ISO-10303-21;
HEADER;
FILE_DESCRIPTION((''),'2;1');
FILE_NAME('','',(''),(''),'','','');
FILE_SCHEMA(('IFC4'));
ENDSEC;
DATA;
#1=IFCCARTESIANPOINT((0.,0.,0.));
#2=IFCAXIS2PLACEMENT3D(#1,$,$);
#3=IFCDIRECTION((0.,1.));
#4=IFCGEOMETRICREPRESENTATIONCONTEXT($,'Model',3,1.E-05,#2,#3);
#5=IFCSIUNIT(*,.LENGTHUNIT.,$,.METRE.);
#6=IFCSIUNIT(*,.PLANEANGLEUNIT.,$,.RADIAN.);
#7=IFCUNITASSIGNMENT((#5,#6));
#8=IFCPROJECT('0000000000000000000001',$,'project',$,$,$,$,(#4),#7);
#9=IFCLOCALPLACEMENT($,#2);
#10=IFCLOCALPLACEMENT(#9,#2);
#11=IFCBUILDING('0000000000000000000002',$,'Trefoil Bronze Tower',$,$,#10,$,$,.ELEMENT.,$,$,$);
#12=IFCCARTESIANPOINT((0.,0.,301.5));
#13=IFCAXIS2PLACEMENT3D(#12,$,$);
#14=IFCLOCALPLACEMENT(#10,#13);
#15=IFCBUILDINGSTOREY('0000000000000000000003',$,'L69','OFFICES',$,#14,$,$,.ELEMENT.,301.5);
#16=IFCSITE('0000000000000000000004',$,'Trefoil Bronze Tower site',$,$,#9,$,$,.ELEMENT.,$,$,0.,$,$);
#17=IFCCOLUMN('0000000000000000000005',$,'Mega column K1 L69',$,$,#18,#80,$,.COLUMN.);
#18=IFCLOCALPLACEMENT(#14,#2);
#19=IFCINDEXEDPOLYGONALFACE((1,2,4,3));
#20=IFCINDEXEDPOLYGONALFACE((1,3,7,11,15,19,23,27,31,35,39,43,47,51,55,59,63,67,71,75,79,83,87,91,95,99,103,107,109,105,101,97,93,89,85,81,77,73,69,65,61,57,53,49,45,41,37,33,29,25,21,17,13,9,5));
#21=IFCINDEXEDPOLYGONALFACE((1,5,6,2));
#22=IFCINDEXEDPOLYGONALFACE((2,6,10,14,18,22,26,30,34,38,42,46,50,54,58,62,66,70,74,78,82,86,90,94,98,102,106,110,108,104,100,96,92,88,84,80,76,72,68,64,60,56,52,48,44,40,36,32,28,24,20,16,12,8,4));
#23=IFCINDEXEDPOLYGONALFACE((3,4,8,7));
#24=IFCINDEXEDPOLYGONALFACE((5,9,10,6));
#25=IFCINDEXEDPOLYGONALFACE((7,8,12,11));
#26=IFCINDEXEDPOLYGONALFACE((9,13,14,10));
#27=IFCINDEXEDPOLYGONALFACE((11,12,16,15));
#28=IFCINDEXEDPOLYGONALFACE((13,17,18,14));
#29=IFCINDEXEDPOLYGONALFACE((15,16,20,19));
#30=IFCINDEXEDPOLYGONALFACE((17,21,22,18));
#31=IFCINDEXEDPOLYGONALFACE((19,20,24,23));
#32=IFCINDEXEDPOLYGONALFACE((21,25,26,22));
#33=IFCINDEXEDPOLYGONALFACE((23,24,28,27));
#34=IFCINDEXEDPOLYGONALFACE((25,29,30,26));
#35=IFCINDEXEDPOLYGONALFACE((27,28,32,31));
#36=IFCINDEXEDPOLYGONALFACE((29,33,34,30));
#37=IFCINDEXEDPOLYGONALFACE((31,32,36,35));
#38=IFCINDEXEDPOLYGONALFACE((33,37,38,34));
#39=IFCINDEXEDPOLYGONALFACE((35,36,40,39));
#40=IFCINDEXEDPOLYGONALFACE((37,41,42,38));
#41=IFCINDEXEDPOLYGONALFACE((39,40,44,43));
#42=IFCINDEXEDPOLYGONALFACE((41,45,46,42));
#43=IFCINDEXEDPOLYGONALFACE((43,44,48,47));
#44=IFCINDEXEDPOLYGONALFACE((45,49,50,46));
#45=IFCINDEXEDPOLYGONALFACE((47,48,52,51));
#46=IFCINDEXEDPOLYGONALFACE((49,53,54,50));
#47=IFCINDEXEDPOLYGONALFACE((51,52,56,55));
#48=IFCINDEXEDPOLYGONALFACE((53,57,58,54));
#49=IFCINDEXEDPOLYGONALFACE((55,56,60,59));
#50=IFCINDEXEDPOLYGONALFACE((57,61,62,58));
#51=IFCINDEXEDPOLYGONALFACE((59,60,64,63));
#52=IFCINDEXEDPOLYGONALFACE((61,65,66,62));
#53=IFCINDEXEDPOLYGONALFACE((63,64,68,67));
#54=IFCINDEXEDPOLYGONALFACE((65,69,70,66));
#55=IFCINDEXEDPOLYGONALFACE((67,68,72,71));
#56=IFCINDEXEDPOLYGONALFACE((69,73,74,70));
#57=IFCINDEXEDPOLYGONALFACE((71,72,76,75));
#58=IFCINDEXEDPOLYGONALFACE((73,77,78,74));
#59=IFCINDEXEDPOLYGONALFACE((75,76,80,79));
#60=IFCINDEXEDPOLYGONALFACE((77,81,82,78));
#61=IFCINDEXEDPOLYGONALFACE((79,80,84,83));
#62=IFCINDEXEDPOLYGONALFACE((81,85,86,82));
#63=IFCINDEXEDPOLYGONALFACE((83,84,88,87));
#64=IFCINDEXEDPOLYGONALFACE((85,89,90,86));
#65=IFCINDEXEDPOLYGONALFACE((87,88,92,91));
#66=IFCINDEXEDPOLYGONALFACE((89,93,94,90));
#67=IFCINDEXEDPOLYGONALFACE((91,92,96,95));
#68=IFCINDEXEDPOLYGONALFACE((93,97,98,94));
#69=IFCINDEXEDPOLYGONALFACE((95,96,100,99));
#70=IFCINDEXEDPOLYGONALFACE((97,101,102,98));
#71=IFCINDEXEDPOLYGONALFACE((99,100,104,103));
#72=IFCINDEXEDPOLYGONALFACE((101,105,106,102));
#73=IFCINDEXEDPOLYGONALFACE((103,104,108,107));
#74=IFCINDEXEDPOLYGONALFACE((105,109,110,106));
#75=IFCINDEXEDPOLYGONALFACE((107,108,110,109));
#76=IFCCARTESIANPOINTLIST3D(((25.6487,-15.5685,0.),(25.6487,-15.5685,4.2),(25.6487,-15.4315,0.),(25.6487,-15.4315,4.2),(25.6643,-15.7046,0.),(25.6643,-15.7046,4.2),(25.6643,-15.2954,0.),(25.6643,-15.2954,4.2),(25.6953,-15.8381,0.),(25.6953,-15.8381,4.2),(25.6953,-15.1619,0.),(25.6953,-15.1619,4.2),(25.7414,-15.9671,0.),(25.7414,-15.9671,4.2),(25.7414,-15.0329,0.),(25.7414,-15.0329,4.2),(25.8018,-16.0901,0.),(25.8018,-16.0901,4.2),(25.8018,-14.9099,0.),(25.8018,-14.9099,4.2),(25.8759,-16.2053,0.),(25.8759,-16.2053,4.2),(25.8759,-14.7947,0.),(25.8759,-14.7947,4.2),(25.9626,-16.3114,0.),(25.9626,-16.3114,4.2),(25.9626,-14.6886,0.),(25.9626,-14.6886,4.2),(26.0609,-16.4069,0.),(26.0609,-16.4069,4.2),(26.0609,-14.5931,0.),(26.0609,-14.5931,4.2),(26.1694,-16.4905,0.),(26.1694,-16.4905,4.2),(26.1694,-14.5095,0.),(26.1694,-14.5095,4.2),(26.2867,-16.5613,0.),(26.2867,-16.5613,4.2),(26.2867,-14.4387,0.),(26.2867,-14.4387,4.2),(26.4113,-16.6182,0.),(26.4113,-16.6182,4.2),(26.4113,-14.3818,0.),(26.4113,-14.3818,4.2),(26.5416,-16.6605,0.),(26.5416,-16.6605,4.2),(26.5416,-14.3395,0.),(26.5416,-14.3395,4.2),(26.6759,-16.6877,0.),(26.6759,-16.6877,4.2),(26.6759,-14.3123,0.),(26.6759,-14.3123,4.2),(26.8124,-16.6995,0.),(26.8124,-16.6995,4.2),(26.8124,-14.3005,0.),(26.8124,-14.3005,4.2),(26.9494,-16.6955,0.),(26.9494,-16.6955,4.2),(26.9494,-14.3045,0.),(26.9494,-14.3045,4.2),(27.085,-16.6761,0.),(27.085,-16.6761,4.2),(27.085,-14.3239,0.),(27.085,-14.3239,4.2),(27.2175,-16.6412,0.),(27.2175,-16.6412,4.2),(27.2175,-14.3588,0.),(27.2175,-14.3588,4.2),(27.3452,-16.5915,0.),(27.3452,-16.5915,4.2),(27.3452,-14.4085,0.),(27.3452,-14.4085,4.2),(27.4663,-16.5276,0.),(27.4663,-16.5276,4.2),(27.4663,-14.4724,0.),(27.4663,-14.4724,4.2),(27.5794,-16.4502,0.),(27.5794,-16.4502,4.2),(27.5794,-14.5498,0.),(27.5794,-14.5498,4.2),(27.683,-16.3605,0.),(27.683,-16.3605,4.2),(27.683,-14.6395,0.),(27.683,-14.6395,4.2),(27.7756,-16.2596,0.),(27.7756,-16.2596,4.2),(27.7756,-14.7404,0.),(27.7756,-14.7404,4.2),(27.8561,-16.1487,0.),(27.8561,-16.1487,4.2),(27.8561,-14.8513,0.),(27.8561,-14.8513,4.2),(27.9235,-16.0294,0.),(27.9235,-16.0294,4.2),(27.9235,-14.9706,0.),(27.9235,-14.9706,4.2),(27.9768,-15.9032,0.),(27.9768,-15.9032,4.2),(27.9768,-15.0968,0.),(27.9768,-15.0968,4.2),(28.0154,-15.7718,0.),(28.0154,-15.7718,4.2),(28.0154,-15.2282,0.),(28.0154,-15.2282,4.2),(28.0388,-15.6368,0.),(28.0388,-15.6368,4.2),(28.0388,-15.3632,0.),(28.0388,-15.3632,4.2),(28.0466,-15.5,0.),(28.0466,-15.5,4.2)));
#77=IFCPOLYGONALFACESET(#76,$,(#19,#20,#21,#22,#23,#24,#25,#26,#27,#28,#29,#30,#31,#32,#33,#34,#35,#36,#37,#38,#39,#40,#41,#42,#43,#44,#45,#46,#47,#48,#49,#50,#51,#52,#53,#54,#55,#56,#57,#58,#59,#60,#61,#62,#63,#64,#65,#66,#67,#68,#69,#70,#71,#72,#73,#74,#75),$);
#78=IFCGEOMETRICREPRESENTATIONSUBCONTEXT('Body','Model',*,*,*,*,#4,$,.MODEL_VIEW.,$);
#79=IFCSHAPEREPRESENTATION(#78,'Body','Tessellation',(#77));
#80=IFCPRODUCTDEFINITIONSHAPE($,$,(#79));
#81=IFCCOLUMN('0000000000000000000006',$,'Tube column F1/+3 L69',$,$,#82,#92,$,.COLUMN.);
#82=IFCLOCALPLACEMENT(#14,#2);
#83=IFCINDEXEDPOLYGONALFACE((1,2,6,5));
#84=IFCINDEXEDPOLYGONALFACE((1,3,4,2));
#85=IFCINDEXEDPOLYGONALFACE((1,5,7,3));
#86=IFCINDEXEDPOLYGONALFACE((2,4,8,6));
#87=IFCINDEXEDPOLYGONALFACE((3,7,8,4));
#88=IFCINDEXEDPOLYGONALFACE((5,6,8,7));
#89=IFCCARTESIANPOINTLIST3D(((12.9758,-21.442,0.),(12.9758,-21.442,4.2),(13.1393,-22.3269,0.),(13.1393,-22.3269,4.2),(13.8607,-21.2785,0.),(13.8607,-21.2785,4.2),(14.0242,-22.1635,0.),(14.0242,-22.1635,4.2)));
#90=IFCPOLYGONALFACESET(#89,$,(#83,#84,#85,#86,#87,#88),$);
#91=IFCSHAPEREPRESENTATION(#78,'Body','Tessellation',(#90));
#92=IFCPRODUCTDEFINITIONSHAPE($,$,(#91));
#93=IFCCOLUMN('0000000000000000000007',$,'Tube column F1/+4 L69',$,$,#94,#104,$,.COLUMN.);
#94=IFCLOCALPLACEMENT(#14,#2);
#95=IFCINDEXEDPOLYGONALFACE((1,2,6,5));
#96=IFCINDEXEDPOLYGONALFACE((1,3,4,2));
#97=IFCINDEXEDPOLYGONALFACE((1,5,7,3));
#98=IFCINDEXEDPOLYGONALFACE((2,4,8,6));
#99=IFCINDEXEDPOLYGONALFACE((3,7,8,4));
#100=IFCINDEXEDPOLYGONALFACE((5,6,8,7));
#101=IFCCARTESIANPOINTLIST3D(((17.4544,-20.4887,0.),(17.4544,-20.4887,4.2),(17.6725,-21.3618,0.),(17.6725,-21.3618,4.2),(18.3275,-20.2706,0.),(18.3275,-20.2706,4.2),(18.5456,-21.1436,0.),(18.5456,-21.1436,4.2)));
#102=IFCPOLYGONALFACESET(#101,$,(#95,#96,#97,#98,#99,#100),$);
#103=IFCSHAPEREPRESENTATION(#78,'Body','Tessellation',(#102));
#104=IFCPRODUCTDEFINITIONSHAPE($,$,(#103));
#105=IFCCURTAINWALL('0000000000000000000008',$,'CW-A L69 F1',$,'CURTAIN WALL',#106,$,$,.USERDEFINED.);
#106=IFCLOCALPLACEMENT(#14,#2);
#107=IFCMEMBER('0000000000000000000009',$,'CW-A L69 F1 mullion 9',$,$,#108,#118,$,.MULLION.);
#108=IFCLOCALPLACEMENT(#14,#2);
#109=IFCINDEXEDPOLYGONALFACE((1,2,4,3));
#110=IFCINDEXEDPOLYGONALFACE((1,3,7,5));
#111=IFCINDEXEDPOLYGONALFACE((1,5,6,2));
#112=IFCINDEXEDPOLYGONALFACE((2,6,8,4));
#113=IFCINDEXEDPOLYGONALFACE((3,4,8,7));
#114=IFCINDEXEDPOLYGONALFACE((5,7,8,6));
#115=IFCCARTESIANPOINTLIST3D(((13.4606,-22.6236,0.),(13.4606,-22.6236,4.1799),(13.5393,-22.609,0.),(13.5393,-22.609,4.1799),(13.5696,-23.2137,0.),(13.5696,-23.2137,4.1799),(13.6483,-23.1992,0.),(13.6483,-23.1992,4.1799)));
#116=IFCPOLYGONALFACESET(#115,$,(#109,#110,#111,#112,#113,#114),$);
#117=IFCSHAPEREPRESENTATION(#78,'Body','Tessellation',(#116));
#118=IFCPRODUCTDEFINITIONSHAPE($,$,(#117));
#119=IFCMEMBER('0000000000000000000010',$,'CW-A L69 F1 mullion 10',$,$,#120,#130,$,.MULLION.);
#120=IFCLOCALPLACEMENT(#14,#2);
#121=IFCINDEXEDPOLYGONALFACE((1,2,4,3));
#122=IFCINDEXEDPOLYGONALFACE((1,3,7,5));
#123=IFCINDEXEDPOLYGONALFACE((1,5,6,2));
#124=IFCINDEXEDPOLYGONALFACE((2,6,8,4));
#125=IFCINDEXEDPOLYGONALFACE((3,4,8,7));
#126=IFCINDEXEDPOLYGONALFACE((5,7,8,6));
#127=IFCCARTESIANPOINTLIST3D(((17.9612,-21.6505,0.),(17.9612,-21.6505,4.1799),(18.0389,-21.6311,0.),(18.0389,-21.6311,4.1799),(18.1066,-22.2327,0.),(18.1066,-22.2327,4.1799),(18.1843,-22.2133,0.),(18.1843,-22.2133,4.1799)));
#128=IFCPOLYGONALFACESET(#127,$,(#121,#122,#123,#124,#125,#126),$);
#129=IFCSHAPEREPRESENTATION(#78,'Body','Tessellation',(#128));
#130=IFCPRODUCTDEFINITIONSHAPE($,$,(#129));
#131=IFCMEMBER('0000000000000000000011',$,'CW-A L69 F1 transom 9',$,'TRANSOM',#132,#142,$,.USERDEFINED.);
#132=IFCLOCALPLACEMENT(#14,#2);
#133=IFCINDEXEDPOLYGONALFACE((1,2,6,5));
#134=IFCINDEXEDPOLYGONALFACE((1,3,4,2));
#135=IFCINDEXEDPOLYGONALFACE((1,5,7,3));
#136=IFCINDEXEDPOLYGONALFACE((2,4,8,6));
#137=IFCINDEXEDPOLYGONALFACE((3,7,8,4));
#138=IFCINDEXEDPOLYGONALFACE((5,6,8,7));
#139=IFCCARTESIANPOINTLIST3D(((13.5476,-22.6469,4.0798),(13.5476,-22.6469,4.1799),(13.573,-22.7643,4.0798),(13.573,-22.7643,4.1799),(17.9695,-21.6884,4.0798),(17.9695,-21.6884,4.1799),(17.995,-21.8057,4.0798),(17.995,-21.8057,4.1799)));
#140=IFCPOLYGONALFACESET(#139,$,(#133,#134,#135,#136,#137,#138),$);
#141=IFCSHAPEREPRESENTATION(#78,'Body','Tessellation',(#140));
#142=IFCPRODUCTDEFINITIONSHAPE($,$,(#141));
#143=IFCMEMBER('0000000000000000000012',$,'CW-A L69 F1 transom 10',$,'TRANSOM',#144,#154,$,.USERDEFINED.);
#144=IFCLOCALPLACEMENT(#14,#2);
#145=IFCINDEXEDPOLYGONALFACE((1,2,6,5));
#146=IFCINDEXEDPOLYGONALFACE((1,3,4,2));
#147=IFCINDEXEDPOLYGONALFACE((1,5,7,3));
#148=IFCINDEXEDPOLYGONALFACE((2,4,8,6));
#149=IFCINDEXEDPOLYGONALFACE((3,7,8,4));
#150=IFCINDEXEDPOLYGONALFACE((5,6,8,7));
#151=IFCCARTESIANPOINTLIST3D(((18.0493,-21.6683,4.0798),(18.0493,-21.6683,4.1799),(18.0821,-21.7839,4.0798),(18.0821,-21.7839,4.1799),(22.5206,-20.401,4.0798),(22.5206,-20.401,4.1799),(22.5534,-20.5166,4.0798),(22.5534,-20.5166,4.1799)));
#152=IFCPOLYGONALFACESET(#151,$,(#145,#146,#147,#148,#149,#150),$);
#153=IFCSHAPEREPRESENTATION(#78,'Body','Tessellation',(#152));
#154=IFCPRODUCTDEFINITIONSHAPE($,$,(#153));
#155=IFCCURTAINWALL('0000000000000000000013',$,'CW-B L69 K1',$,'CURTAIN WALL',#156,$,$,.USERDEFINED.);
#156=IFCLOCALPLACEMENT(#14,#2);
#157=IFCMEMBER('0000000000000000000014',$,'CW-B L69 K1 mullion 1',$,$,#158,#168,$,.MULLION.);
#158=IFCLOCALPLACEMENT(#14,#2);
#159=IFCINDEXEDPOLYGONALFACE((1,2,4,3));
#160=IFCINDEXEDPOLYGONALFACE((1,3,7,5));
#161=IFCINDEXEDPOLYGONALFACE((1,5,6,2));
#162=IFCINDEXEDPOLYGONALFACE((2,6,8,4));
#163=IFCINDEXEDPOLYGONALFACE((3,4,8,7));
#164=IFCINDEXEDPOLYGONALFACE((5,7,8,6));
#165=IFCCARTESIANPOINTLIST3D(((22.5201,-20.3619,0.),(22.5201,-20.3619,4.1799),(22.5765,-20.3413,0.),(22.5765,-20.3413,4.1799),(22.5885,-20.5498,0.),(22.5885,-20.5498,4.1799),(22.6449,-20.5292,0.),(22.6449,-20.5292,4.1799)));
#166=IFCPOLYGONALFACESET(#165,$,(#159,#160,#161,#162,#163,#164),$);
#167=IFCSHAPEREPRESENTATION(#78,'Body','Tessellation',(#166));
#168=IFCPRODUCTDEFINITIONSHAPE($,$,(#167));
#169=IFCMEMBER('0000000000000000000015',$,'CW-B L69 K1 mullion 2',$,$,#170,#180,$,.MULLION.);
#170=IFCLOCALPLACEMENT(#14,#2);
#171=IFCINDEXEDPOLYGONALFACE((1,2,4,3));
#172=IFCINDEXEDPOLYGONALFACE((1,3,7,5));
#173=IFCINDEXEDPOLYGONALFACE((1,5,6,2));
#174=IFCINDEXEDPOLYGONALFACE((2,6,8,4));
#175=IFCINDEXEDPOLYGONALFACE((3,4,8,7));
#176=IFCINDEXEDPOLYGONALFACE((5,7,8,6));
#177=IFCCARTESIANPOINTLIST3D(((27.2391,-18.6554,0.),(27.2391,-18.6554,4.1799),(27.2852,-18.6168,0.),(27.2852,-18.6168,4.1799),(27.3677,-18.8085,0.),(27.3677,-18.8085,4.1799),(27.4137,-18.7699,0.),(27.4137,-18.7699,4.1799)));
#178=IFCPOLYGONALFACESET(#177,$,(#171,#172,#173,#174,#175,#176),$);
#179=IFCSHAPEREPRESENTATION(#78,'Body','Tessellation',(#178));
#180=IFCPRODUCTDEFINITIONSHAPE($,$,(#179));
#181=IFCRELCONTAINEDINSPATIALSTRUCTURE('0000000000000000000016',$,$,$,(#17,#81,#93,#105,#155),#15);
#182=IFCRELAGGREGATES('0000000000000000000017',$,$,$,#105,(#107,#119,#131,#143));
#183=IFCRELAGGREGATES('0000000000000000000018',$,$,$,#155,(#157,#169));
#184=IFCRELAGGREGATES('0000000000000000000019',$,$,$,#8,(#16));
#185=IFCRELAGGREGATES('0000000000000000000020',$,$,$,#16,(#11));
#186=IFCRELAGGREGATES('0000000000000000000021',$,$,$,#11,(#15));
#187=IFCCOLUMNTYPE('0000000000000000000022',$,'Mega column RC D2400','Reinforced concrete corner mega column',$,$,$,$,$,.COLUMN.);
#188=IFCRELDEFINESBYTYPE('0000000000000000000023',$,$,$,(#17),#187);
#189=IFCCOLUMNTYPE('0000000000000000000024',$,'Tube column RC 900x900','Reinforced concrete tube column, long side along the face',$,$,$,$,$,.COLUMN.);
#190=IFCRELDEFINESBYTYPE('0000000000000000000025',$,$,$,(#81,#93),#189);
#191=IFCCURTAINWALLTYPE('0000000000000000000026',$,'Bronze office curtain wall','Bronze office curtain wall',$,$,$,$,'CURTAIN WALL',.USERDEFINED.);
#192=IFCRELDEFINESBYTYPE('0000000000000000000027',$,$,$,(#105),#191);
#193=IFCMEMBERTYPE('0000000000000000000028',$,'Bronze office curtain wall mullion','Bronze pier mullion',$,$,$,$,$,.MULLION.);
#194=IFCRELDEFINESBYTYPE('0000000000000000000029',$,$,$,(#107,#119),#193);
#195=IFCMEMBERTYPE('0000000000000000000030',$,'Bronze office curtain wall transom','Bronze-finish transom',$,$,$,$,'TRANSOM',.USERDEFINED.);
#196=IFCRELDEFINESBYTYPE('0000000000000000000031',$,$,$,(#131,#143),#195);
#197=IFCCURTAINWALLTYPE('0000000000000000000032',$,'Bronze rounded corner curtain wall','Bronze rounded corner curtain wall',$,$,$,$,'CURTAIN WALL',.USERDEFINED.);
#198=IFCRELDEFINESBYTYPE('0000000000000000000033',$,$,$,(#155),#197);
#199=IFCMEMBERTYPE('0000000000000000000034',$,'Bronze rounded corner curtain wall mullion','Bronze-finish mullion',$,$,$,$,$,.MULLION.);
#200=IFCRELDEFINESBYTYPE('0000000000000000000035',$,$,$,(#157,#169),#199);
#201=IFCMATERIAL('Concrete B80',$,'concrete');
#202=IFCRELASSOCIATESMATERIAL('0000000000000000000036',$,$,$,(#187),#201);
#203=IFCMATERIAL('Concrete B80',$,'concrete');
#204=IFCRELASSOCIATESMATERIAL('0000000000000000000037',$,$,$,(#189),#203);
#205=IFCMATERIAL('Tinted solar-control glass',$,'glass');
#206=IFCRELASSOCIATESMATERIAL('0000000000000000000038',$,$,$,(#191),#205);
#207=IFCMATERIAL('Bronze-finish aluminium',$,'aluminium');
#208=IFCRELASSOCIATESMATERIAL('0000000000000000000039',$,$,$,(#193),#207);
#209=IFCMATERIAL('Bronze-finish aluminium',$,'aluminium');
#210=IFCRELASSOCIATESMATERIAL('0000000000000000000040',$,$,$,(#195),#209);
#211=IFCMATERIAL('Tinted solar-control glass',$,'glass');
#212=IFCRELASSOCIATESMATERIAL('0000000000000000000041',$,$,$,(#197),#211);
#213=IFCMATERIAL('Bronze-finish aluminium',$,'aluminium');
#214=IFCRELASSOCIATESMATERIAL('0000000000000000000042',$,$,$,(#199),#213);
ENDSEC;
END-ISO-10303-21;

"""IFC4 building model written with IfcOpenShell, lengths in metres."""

from ifc_helpers import new_model, si_unit, direction, frame, origin, origin_2d, place, context, subcontext, project, spatial, rectangle, circle, extrude, material, material_profile, profile_set, type_object, element, aggregate, save


model = new_model("IFC4")

# Units and contexts
model_context = context("Model", 3, precision=1e-05, world=origin(), true_north=direction((0.0, 1.0)))
body_context = subcontext(model_context, "Body", "Model", "MODEL_VIEW")
ifc_project = project(units=[si_unit("LENGTHUNIT", "METRE"), si_unit("PLANEANGLEUNIT", "RADIAN")], contexts=[model_context])

# Site, building, storey
site_placement = place(None, origin())
site = spatial("IfcSite", under=ifc_project, at=site_placement, Name="Trefoil Bronze Tower site", CompositionType="ELEMENT", RefElevation=0.0)
building_placement = place(site_placement, origin())
building = spatial("IfcBuilding", under=site, at=building_placement, Name="Trefoil Bronze Tower", CompositionType="ELEMENT")
storey_placement = place(building_placement, frame((0.0, 0.0, 301.5)))
storey = spatial("IfcBuildingStorey", under=building, at=storey_placement, Name="L69", Description="OFFICES", CompositionType="ELEMENT", Elevation=301.5)

# Columns
ifc_material_1 = material(Name="Concrete B80", Category="concrete")
ifc_material_profile_1 = material_profile(ifc_material_1, circle(Radius=1.2, at=origin_2d()), Name="RC D2400")
ifc_profile_set_1 = profile_set([ifc_material_profile_1], Name="Concrete B80")
column_type_1 = type_object("IfcColumnType", Name="Mega column RC D2400", Description="Reinforced concrete corner mega column", PredefinedType="COLUMN", material=ifc_profile_set_1)
column_placement = place(storey_placement, frame((26.8467, -15.5, 0.0), z_axis=(0.0, 0.0, 1.0), x_axis=(1.0, 0.0, 0.0)))
element("IfcColumn", 1, at=column_placement, inside=storey, type_object=column_type_1, Name="Mega column K1 L69", PredefinedType="COLUMN", context=body_context, shape_type="SweptSolid", body=[
    extrude(circle(Radius=1.2, at=origin_2d()), origin(), (0.0, 0.0, 1.0), 4.2),
])
ifc_material_2 = material(Name="Concrete B80", Category="concrete")
ifc_material_profile_2 = material_profile(ifc_material_2, rectangle(XDim=0.8999, YDim=0.8999, at=origin_2d()), Name="RC 900x900")
ifc_profile_set_2 = profile_set([ifc_material_profile_2], Name="Concrete B80")
column_type_2 = type_object("IfcColumnType", Name="Tube column RC 900x900", Description="Reinforced concrete tube column, long side along the face", PredefinedType="COLUMN", material=ifc_profile_set_2)
for number, where, z_axis, x_axis, name in (
    (2, (13.5, -21.8027, 0.0), (0.0, 0.0, 1.0), (0.98336, 0.181667, 0.0), "Tube column F1/+3 L69"),
    (3, (18.0, -20.8162, 0.0), (0.0, 0.0, 1.0), (0.970178, 0.242394, 0.0), "Tube column F1/+4 L69"),
):
    element("IfcColumn", number, at=place(storey_placement, frame(where, z_axis=z_axis, x_axis=x_axis)), inside=storey, type_object=column_type_2, Name=name, PredefinedType="COLUMN", context=body_context, shape_type="SweptSolid", body=[
        extrude(rectangle(XDim=0.8999, YDim=0.8999, at=origin_2d()), origin(), (0.0, 0.0, 1.0), 4.2),
    ])

# Curtain walls, members
ifc_material_3 = material(Name="Tinted solar-control glass", Category="glass")
curtain_wall_type_1 = type_object("IfcCurtainWallType", Name="Bronze office curtain wall", Description="Bronze office curtain wall", ElementType="CURTAIN WALL", PredefinedType="USERDEFINED", material=ifc_material_3)
curtain_wall_1_placement = place(storey_placement, origin())
curtain_wall_1 = element("IfcCurtainWall", 4, at=curtain_wall_1_placement, inside=storey, type_object=curtain_wall_type_1, Name="CW-A L69 F1", ObjectType="CURTAIN WALL", PredefinedType="USERDEFINED")
ifc_material_4 = material(Name="Bronze-finish aluminium", Category="aluminium")
ifc_material_profile_3 = material_profile(ifc_material_4, rectangle(XDim=0.6001, YDim=0.0801, at=origin_2d()), Name="CW-A mullion")
ifc_profile_set_3 = profile_set([ifc_material_profile_3], Name="Bronze-finish aluminium")
member_type_1 = type_object("IfcMemberType", Name="Bronze office curtain wall mullion", Description="Bronze pier mullion", PredefinedType="MULLION", material=ifc_profile_set_3)
member_1_placement = place(storey_placement, frame((13.5544, -22.9114, 0.0), z_axis=(0.0, 0.0, 1.0), x_axis=(-0.181667, 0.98336, 0.0)))
member_1 = element("IfcMember", 5, at=member_1_placement, type_object=member_type_1, Name="CW-A L69 F1 mullion 9", PredefinedType="MULLION", context=body_context, shape_type="SweptSolid", body=[
    extrude(rectangle(XDim=0.6001, YDim=0.0801, at=origin_2d()), origin(), (0.0, 0.0, 1.0), 4.1799),
])
member_2_placement = place(storey_placement, frame((18.0728, -21.9319, 0.0), z_axis=(0.0, 0.0, 1.0), x_axis=(-0.242394, 0.970178, 0.0)))
member_2 = element("IfcMember", 6, at=member_2_placement, type_object=member_type_1, Name="CW-A L69 F1 mullion 10", PredefinedType="MULLION", context=body_context, shape_type="SweptSolid", body=[
    extrude(rectangle(XDim=0.6001, YDim=0.0801, at=origin_2d()), origin(), (0.0, 0.0, 1.0), 4.1799),
])
ifc_material_5 = material(Name="Bronze-finish aluminium", Category="aluminium")
ifc_material_profile_4 = material_profile(ifc_material_5, rectangle(XDim=0.1201, YDim=0.1001, at=origin_2d()), Name="CW-A transom")
ifc_profile_set_4 = profile_set([ifc_material_profile_4], Name="Bronze-finish aluminium")
member_type_2 = type_object("IfcMemberType", Name="Bronze office curtain wall transom", Description="Bronze-finish transom", ElementType="TRANSOM", PredefinedType="USERDEFINED", material=ifc_profile_set_4)
member_3_placement = place(storey_placement, frame((13.5603, -22.7056, 4.1299), z_axis=(0.977304, 0.211843, 0.0), x_axis=(-0.211843, 0.977304, 0.0)))
member_3 = element("IfcMember", 7, at=member_3_placement, type_object=member_type_2, Name="CW-A L69 F1 transom 9", ObjectType="TRANSOM", PredefinedType="USERDEFINED", context=body_context, shape_type="SweptSolid", body=[
    extrude(rectangle(XDim=0.1201, YDim=0.1001, at=origin_2d()), origin(), (0.0, 0.0, 1.0), 4.5247),
])
member_4_placement = place(storey_placement, frame((18.0657, -21.7261, 4.1299), z_axis=(0.962103, 0.272688, 0.0), x_axis=(-0.272688, 0.962103, 0.0)))
member_4 = element("IfcMember", 8, at=member_4_placement, type_object=member_type_2, Name="CW-A L69 F1 transom 10", ObjectType="TRANSOM", PredefinedType="USERDEFINED", context=body_context, shape_type="SweptSolid", body=[
    extrude(rectangle(XDim=0.1201, YDim=0.1001, at=origin_2d()), origin(), (0.0, 0.0, 1.0), 4.6475),
])
ifc_material_6 = material(Name="Tinted solar-control glass", Category="glass")
curtain_wall_type_2 = type_object("IfcCurtainWallType", Name="Bronze rounded corner curtain wall", Description="Bronze rounded corner curtain wall", ElementType="CURTAIN WALL", PredefinedType="USERDEFINED", material=ifc_material_6)
curtain_wall_2_placement = place(storey_placement, origin())
curtain_wall_2 = element("IfcCurtainWall", 9, at=curtain_wall_2_placement, inside=storey, type_object=curtain_wall_type_2, Name="CW-B L69 K1", ObjectType="CURTAIN WALL", PredefinedType="USERDEFINED")
ifc_material_7 = material(Name="Bronze-finish aluminium", Category="aluminium")
ifc_material_profile_5 = material_profile(ifc_material_7, rectangle(XDim=0.2, YDim=0.0601, at=origin_2d()), Name="CW-B mullion")
ifc_profile_set_5 = profile_set([ifc_material_profile_5], Name="Bronze-finish aluminium")
member_type_3 = type_object("IfcMemberType", Name="Bronze rounded corner curtain wall mullion", Description="Bronze-finish mullion", PredefinedType="MULLION", material=ifc_profile_set_5)
member_5_placement = place(storey_placement, frame((22.5825, -20.4456, 0.0), z_axis=(0.0, 0.0, 1.0), x_axis=(-0.34202, 0.939693, 0.0)))
member_5 = element("IfcMember", 10, at=member_5_placement, type_object=member_type_3, Name="CW-B L69 K1 mullion 1", PredefinedType="MULLION", context=body_context, shape_type="SweptSolid", body=[
    extrude(rectangle(XDim=0.2, YDim=0.0601, at=origin_2d()), origin(), (0.0, 0.0, 1.0), 4.1799),
])
member_6_placement = place(storey_placement, frame((27.3264, -18.7126, 0.0), z_axis=(0.0, 0.0, 1.0), x_axis=(-0.642788, 0.766044, 0.0)))
member_6 = element("IfcMember", 11, at=member_6_placement, type_object=member_type_3, Name="CW-B L69 K1 mullion 2", PredefinedType="MULLION", context=body_context, shape_type="SweptSolid", body=[
    extrude(rectangle(XDim=0.2, YDim=0.0601, at=origin_2d()), origin(), (0.0, 0.0, 1.0), 4.1799),
])

aggregate(curtain_wall_1, [member_1, member_2, member_3, member_4])
aggregate(curtain_wall_2, [member_5, member_6])

save(model, "model.ifc")
